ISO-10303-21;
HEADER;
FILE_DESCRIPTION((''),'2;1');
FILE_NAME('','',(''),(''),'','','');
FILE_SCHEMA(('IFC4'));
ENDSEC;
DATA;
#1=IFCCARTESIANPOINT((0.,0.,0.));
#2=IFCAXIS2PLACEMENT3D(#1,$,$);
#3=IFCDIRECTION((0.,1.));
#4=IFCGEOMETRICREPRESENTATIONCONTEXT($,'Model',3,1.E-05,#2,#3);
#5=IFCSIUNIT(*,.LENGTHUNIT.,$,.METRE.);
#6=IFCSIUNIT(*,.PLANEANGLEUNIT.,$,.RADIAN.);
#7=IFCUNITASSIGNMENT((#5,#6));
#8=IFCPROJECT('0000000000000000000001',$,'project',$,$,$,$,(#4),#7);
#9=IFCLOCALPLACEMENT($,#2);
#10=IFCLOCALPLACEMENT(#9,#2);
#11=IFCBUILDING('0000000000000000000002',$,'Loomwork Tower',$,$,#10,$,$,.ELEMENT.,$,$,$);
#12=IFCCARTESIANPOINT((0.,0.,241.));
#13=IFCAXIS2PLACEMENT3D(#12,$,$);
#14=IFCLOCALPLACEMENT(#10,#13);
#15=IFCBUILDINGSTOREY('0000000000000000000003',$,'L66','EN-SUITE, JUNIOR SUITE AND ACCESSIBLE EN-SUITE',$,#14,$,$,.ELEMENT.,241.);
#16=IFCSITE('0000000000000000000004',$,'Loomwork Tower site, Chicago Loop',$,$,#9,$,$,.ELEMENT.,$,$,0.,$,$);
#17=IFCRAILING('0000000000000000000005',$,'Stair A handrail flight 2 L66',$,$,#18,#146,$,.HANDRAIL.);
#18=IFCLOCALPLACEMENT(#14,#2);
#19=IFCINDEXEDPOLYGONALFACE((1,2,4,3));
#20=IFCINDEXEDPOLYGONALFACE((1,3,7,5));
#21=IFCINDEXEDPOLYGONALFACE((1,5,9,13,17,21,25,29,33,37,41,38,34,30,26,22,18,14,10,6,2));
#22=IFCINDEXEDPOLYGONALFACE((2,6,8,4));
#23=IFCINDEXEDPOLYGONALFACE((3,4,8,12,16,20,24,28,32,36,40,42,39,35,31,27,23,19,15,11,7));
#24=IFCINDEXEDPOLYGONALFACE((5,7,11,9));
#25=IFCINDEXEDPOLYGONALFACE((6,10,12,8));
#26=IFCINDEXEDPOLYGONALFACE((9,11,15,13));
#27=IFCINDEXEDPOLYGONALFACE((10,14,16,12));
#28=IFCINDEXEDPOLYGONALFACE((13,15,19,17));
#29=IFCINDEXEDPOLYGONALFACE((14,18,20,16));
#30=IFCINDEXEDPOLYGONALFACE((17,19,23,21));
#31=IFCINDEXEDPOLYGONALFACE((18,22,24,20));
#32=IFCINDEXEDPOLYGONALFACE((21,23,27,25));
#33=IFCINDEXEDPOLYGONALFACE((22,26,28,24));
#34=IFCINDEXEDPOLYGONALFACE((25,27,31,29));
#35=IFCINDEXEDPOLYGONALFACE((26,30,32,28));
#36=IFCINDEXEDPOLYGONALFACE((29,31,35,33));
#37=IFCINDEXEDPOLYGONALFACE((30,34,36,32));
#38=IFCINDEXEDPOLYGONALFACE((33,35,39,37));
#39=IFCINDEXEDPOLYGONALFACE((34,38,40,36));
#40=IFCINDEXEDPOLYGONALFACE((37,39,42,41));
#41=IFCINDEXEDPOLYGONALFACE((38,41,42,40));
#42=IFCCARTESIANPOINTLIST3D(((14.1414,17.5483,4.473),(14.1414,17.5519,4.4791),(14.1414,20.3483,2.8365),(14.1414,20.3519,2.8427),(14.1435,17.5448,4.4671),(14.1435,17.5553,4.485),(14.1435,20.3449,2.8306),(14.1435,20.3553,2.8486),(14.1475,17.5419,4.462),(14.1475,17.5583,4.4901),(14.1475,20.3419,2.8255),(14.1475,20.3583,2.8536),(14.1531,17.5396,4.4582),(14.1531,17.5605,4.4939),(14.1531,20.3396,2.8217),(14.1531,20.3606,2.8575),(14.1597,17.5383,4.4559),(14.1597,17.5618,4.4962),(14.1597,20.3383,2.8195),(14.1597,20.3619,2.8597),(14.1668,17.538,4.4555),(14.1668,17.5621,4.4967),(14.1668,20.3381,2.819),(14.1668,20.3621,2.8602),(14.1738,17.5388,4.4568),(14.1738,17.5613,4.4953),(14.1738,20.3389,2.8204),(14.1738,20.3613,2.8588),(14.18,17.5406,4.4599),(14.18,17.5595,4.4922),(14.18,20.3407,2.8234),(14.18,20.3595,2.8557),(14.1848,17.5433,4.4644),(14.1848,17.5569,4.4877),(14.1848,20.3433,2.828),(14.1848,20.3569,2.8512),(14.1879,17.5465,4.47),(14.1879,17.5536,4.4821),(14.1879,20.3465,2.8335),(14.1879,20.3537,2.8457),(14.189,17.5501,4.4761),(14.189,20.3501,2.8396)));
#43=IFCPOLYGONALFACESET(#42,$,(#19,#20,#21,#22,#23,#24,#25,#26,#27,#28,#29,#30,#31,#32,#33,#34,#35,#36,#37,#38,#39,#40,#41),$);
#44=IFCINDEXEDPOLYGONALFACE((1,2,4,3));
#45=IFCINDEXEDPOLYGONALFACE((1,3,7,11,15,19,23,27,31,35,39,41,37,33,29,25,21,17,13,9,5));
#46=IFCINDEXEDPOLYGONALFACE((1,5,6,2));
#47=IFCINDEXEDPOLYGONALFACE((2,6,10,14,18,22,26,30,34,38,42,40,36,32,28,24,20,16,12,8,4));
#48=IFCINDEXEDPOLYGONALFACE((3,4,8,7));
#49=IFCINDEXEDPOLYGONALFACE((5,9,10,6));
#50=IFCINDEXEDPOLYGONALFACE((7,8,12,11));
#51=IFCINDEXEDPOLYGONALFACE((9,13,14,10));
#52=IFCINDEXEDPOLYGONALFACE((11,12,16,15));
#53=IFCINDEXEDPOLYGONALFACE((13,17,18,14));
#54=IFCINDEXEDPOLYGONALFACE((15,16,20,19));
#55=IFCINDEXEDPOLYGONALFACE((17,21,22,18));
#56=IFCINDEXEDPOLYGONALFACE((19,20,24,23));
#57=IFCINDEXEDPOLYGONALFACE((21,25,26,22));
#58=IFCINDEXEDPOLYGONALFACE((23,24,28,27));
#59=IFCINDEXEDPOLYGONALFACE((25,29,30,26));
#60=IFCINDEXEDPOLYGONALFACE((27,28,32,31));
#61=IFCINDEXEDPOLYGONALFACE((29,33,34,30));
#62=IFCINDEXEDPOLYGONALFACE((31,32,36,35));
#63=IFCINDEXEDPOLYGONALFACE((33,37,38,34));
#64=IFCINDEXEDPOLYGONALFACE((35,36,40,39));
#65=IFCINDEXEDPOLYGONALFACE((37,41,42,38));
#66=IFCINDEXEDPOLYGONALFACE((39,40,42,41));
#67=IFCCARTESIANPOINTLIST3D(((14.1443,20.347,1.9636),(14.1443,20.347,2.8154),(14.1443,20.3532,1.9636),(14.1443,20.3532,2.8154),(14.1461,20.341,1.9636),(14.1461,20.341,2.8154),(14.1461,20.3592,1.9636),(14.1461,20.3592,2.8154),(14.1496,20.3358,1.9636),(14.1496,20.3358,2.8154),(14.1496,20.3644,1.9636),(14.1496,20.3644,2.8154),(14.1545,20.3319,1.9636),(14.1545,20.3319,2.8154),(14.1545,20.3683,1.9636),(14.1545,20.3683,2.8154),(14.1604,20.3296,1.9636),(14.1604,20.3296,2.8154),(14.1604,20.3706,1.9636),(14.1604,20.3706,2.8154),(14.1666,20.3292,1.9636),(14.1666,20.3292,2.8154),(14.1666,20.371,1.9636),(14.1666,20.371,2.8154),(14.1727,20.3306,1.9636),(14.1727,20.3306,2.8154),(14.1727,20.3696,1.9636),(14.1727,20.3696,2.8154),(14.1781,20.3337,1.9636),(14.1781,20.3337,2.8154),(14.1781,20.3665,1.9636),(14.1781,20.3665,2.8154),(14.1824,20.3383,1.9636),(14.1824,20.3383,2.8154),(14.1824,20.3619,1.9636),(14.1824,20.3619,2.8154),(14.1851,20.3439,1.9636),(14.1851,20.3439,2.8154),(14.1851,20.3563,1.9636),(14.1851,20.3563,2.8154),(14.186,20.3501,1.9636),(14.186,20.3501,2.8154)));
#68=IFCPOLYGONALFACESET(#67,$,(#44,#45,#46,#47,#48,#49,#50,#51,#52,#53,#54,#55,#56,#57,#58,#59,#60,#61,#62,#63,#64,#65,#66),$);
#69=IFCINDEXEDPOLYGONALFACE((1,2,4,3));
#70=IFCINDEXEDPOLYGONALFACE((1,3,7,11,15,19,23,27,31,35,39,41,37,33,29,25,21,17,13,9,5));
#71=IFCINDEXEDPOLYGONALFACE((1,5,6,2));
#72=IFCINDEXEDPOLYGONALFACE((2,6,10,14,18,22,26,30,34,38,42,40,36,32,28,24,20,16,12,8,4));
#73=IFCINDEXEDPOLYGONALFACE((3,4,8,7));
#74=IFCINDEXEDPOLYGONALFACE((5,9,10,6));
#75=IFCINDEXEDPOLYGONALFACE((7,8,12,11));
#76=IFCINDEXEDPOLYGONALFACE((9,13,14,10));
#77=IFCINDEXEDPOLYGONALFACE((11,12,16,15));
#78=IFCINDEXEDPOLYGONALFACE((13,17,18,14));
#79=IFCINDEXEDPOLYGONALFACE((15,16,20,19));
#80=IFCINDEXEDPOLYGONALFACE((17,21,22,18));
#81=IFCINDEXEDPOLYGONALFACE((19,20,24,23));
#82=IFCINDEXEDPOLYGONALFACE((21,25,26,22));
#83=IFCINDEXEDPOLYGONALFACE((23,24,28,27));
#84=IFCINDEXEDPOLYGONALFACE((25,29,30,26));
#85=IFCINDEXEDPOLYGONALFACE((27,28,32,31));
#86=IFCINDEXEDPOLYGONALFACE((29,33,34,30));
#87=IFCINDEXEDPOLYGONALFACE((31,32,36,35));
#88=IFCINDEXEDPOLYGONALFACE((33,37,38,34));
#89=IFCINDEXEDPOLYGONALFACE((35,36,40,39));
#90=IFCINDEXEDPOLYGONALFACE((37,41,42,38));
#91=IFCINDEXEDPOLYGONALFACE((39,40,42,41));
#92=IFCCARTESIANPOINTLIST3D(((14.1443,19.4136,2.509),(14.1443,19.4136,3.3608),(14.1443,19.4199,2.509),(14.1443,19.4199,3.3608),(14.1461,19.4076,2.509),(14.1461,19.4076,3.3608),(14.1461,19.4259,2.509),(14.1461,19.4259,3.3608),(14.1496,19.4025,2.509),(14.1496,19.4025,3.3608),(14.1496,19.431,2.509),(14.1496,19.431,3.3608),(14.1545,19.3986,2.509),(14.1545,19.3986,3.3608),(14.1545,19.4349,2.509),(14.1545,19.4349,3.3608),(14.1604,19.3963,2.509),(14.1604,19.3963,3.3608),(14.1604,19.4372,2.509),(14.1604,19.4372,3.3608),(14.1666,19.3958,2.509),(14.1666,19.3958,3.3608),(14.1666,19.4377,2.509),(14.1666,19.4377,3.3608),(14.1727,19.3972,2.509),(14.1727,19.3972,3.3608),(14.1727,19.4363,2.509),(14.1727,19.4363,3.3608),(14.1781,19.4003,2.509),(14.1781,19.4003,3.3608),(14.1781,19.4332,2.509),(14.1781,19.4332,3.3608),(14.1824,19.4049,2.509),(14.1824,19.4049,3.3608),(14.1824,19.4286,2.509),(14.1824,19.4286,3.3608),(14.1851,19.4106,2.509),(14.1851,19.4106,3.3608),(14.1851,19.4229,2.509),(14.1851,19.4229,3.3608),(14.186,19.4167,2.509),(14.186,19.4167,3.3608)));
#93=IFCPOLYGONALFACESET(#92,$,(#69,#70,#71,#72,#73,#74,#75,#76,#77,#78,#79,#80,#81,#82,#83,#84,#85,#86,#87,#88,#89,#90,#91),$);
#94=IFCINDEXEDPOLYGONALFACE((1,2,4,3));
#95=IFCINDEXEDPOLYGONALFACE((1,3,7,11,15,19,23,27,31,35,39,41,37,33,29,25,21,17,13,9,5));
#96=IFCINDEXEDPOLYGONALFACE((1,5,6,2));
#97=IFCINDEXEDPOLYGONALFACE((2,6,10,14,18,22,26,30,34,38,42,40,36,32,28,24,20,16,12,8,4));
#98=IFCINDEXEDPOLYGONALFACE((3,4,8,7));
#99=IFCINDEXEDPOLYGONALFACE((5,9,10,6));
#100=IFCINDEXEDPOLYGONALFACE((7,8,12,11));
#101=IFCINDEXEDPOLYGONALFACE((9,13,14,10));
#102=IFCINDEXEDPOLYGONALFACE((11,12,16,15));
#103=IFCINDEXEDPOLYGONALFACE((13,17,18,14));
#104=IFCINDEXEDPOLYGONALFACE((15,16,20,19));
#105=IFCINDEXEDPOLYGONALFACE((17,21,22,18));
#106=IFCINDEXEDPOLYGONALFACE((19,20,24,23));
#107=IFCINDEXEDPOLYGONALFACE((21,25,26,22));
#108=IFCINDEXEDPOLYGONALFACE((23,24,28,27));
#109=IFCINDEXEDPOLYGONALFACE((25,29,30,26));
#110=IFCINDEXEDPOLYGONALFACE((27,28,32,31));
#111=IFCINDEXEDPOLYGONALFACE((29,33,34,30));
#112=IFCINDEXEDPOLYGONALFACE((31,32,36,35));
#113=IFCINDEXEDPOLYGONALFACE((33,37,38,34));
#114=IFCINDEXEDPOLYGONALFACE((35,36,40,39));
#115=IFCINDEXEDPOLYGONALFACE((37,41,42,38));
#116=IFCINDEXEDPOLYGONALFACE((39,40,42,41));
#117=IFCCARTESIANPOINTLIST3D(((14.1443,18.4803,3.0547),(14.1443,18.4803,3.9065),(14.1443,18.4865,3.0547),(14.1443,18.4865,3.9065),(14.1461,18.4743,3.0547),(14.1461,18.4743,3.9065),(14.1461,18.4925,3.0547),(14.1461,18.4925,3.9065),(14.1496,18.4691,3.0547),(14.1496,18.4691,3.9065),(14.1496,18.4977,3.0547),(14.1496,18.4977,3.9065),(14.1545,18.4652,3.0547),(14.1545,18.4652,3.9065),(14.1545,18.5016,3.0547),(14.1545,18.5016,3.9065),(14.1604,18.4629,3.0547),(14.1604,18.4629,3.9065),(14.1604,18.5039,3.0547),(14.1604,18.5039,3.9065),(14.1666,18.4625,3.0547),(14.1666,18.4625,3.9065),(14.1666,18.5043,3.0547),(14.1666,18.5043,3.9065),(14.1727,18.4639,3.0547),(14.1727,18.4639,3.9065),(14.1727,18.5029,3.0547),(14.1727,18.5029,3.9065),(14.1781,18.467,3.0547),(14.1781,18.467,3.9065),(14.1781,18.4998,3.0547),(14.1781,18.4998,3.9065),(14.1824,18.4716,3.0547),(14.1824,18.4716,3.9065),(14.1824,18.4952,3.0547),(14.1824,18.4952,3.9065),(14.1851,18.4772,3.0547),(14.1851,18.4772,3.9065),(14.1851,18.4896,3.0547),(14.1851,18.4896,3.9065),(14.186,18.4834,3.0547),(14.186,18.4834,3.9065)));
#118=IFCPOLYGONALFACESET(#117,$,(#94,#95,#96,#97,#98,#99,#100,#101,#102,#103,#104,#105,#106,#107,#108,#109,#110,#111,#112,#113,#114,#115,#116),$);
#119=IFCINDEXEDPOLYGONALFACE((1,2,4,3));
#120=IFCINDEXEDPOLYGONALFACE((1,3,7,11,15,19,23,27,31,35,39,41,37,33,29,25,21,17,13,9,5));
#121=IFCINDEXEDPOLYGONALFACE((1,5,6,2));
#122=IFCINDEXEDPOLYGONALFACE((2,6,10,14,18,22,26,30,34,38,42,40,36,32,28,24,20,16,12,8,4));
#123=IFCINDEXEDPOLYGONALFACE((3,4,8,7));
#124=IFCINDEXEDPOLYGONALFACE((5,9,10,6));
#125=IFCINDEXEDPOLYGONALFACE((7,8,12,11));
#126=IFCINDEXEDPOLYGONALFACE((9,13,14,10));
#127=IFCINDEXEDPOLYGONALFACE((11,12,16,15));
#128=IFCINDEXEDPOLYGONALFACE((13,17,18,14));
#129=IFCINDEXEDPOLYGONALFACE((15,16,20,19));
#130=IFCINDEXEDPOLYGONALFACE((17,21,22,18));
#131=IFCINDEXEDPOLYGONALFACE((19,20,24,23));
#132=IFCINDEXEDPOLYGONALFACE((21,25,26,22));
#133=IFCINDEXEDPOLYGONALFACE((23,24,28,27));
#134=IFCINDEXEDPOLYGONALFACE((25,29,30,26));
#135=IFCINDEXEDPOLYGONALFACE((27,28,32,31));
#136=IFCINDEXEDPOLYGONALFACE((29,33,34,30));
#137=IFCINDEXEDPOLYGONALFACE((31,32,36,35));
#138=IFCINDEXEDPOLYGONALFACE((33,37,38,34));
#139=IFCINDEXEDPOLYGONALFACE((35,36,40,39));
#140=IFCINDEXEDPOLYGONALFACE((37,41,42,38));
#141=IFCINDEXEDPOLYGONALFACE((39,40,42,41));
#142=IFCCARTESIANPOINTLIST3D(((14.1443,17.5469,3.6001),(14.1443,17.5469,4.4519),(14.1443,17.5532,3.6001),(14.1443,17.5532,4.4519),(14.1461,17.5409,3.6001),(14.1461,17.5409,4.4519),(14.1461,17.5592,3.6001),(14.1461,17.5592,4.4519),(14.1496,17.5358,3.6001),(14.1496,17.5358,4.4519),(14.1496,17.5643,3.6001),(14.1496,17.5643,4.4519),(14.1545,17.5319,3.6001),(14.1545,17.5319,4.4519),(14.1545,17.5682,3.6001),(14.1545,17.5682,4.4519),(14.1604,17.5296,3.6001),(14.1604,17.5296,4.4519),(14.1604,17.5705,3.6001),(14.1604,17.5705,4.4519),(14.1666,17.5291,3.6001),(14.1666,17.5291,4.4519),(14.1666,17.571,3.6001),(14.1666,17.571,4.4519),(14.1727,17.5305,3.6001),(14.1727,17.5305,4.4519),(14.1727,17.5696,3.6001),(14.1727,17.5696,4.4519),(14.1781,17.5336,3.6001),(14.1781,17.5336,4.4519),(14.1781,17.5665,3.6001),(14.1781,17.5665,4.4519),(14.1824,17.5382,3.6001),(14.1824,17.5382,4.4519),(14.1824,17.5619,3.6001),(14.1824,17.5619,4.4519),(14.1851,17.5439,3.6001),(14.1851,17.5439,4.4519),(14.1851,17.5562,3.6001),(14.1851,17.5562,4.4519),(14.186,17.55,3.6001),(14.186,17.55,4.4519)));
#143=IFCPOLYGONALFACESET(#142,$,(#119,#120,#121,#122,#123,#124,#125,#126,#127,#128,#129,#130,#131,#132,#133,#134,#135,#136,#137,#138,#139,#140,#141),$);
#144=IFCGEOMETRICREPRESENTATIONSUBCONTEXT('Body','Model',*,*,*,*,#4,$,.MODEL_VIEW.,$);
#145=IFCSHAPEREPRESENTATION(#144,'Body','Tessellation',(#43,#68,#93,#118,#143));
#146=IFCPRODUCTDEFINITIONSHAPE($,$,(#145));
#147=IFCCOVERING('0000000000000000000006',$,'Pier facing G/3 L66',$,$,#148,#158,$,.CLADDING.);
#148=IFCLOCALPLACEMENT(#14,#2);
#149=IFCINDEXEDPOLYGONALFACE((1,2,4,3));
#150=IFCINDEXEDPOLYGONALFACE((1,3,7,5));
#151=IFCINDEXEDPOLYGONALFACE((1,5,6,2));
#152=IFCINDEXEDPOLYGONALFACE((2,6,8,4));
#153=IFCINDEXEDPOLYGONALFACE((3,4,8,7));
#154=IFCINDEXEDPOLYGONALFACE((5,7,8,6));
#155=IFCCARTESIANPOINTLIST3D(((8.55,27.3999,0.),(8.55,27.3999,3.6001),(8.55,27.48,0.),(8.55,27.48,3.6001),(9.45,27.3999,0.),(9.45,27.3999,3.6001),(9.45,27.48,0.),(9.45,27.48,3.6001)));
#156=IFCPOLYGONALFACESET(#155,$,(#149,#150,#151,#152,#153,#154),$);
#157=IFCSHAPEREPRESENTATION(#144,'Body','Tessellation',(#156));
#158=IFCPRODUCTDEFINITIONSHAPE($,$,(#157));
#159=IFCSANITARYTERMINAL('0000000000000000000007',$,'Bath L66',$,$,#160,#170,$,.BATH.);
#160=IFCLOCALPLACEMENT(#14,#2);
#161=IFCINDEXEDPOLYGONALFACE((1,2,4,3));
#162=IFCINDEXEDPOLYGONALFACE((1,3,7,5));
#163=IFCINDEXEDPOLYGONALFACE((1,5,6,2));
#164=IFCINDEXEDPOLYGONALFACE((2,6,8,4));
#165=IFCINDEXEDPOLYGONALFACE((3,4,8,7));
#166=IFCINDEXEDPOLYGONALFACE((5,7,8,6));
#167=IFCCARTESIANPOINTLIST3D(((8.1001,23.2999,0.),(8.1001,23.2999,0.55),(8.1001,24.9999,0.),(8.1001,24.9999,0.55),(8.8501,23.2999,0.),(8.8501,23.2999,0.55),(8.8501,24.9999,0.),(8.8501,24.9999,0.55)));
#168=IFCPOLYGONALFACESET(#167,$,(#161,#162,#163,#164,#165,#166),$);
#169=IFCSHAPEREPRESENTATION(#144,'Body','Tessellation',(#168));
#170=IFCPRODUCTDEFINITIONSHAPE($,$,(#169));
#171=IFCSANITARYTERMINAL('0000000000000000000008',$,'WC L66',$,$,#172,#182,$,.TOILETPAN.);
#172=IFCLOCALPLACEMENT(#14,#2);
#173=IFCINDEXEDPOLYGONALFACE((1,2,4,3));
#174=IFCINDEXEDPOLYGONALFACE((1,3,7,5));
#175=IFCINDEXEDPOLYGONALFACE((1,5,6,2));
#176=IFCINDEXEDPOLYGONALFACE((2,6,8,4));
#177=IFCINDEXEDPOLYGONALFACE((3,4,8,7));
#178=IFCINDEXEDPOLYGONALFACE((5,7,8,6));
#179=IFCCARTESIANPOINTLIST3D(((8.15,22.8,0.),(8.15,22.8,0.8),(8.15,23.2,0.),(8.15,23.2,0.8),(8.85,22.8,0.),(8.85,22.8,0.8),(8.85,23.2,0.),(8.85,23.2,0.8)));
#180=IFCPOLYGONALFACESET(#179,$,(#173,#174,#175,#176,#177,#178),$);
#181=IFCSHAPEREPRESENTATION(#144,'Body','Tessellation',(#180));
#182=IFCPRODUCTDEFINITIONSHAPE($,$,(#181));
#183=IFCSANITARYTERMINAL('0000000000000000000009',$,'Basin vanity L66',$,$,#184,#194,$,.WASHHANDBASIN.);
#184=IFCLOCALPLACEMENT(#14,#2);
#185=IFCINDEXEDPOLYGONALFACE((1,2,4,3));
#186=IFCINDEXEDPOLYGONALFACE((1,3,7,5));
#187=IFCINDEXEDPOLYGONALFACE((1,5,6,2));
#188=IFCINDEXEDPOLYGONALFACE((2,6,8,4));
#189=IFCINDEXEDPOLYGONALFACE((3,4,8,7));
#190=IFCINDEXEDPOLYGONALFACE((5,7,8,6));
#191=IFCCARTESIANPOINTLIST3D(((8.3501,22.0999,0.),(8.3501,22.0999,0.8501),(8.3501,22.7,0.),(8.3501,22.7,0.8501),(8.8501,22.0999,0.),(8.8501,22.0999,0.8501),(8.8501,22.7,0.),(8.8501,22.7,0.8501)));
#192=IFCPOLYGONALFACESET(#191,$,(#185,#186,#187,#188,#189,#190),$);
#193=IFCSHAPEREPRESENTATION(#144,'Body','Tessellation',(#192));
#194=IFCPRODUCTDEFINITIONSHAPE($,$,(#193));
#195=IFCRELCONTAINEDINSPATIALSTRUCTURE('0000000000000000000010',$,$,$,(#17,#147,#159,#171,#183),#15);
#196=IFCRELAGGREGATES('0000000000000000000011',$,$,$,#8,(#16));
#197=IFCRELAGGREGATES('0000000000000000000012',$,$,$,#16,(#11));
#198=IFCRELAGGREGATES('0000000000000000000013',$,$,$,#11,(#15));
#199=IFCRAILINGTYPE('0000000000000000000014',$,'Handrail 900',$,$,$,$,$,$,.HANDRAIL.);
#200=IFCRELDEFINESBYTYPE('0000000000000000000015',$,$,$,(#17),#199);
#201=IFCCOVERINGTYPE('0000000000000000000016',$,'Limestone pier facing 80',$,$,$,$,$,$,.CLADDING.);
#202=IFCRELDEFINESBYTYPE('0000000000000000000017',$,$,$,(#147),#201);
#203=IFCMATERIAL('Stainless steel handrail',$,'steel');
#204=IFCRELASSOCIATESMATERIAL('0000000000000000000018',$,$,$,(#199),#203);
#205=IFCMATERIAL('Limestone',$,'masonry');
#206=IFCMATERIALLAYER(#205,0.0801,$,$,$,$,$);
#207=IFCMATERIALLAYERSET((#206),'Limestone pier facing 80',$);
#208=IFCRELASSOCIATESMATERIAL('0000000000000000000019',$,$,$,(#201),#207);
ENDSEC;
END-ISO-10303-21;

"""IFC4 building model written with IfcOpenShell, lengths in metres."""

from ifc_helpers import new_model, si_unit, direction, frame, origin, origin_2d, place, context, subcontext, project, spatial, rectangle, circle, extrude, material, layer, layer_set, type_object, element, save


model = new_model("IFC4")

# Units and contexts
model_context = context("Model", 3, precision=1e-05, world=origin(), true_north=direction((0.0, 1.0)))
body_context = subcontext(model_context, "Body", "Model", "MODEL_VIEW")
ifc_project = project(units=[si_unit("LENGTHUNIT", "METRE"), si_unit("PLANEANGLEUNIT", "RADIAN")], contexts=[model_context])

# Site, building, storey
site_placement = place(None, origin())
site = spatial("IfcSite", under=ifc_project, at=site_placement, Name="Loomwork Tower site, Chicago Loop", CompositionType="ELEMENT", RefElevation=0.0)
building_placement = place(site_placement, origin())
building = spatial("IfcBuilding", under=site, at=building_placement, Name="Loomwork Tower", CompositionType="ELEMENT")
storey_placement = place(building_placement, frame((0.0, 0.0, 241.0)))
storey = spatial("IfcBuildingStorey", under=building, at=storey_placement, Name="L66", Description="EN-SUITE, JUNIOR SUITE AND ACCESSIBLE EN-SUITE", CompositionType="ELEMENT", Elevation=241.0)

# Railing
ifc_material_1 = material(Name="Stainless steel handrail", Category="steel")
railing_type = type_object("IfcRailingType", Name="Handrail 900", PredefinedType="HANDRAIL", material=ifc_material_1)
railing_placement = place(storey_placement, frame((14.165, 20.3501, 1.9636)))
element("IfcRailing", 1, at=railing_placement, inside=storey, type_object=railing_type, Name="Stair A handrail flight 2 L66", PredefinedType="HANDRAIL", context=body_context, shape_type="SweptSolid", body=[
    extrude(circle(Radius=0.0239, at=origin_2d()), frame((0.0, 0.0, 0.876), z_axis=(0.0, -0.863361, 0.504587), x_axis=(1.0, 0.0, 0.0)), (0.0, 0.0, 1.0), 3.2432),
    extrude(circle(Radius=0.021, at=origin_2d()), origin(), (0.0, 0.0, 1.0), 0.8518),
    extrude(circle(Radius=0.021, at=origin_2d()), frame((0.0, -0.9333, 0.5454)), (0.0, 0.0, 1.0), 0.8518),
    extrude(circle(Radius=0.021, at=origin_2d()), frame((0.0, -1.8667, 1.0911)), (0.0, 0.0, 1.0), 0.8518),
    extrude(circle(Radius=0.021, at=origin_2d()), frame((0.0, -2.8, 1.6365)), (0.0, 0.0, 1.0), 0.8518),
])

# Covering
ifc_material_2 = material(Name="Limestone", Category="masonry")
ifc_layer_1 = layer(ifc_material_2, 0.0801)
ifc_layer_set_1 = layer_set([ifc_layer_1], Name="Limestone pier facing 80")
covering_type = type_object("IfcCoveringType", Name="Limestone pier facing 80", PredefinedType="CLADDING", material=ifc_layer_set_1)
covering_placement = place(storey_placement, frame((9.0, 27.4399, 0.0), z_axis=(0.0, 0.0, 1.0), x_axis=(1.0, 0.0, 0.0)))
element("IfcCovering", 2, at=covering_placement, inside=storey, type_object=covering_type, Name="Pier facing G/3 L66", PredefinedType="CLADDING", context=body_context, shape_type="SweptSolid", body=[
    extrude(rectangle(XDim=0.8999, YDim=0.0801, at=origin_2d()), origin(), (0.0, 0.0, 1.0), 3.6001),
])

# Sanitary terminals
sanitary_terminal_1_placement = place(storey_placement, frame((8.4751, 24.1499, 0.0), z_axis=(0.0, 0.0, 1.0), x_axis=(1.0, 0.0, 0.0)))
element("IfcSanitaryTerminal", 3, at=sanitary_terminal_1_placement, inside=storey, Name="Bath L66", PredefinedType="BATH", context=body_context, shape_type="SweptSolid", body=[
    extrude(rectangle(XDim=0.75, YDim=1.7, at=origin_2d()), origin(), (0.0, 0.0, 1.0), 0.55),
])
sanitary_terminal_2_placement = place(storey_placement, frame((8.5, 23.0, 0.0), z_axis=(0.0, 0.0, 1.0), x_axis=(1.0, 0.0, 0.0)))
element("IfcSanitaryTerminal", 4, at=sanitary_terminal_2_placement, inside=storey, Name="WC L66", PredefinedType="TOILETPAN", context=body_context, shape_type="SweptSolid", body=[
    extrude(rectangle(XDim=0.7, YDim=0.3999, at=origin_2d()), origin(), (0.0, 0.0, 1.0), 0.8),
])
sanitary_terminal_3_placement = place(storey_placement, frame((8.6001, 22.3999, 0.0), z_axis=(0.0, 0.0, 1.0), x_axis=(1.0, 0.0, 0.0)))
element("IfcSanitaryTerminal", 5, at=sanitary_terminal_3_placement, inside=storey, Name="Basin vanity L66", PredefinedType="WASHHANDBASIN", context=body_context, shape_type="SweptSolid", body=[
    extrude(rectangle(XDim=0.5, YDim=0.6001, at=origin_2d()), origin(), (0.0, 0.0, 1.0), 0.8501),
])

save(model, "model.ifc")
